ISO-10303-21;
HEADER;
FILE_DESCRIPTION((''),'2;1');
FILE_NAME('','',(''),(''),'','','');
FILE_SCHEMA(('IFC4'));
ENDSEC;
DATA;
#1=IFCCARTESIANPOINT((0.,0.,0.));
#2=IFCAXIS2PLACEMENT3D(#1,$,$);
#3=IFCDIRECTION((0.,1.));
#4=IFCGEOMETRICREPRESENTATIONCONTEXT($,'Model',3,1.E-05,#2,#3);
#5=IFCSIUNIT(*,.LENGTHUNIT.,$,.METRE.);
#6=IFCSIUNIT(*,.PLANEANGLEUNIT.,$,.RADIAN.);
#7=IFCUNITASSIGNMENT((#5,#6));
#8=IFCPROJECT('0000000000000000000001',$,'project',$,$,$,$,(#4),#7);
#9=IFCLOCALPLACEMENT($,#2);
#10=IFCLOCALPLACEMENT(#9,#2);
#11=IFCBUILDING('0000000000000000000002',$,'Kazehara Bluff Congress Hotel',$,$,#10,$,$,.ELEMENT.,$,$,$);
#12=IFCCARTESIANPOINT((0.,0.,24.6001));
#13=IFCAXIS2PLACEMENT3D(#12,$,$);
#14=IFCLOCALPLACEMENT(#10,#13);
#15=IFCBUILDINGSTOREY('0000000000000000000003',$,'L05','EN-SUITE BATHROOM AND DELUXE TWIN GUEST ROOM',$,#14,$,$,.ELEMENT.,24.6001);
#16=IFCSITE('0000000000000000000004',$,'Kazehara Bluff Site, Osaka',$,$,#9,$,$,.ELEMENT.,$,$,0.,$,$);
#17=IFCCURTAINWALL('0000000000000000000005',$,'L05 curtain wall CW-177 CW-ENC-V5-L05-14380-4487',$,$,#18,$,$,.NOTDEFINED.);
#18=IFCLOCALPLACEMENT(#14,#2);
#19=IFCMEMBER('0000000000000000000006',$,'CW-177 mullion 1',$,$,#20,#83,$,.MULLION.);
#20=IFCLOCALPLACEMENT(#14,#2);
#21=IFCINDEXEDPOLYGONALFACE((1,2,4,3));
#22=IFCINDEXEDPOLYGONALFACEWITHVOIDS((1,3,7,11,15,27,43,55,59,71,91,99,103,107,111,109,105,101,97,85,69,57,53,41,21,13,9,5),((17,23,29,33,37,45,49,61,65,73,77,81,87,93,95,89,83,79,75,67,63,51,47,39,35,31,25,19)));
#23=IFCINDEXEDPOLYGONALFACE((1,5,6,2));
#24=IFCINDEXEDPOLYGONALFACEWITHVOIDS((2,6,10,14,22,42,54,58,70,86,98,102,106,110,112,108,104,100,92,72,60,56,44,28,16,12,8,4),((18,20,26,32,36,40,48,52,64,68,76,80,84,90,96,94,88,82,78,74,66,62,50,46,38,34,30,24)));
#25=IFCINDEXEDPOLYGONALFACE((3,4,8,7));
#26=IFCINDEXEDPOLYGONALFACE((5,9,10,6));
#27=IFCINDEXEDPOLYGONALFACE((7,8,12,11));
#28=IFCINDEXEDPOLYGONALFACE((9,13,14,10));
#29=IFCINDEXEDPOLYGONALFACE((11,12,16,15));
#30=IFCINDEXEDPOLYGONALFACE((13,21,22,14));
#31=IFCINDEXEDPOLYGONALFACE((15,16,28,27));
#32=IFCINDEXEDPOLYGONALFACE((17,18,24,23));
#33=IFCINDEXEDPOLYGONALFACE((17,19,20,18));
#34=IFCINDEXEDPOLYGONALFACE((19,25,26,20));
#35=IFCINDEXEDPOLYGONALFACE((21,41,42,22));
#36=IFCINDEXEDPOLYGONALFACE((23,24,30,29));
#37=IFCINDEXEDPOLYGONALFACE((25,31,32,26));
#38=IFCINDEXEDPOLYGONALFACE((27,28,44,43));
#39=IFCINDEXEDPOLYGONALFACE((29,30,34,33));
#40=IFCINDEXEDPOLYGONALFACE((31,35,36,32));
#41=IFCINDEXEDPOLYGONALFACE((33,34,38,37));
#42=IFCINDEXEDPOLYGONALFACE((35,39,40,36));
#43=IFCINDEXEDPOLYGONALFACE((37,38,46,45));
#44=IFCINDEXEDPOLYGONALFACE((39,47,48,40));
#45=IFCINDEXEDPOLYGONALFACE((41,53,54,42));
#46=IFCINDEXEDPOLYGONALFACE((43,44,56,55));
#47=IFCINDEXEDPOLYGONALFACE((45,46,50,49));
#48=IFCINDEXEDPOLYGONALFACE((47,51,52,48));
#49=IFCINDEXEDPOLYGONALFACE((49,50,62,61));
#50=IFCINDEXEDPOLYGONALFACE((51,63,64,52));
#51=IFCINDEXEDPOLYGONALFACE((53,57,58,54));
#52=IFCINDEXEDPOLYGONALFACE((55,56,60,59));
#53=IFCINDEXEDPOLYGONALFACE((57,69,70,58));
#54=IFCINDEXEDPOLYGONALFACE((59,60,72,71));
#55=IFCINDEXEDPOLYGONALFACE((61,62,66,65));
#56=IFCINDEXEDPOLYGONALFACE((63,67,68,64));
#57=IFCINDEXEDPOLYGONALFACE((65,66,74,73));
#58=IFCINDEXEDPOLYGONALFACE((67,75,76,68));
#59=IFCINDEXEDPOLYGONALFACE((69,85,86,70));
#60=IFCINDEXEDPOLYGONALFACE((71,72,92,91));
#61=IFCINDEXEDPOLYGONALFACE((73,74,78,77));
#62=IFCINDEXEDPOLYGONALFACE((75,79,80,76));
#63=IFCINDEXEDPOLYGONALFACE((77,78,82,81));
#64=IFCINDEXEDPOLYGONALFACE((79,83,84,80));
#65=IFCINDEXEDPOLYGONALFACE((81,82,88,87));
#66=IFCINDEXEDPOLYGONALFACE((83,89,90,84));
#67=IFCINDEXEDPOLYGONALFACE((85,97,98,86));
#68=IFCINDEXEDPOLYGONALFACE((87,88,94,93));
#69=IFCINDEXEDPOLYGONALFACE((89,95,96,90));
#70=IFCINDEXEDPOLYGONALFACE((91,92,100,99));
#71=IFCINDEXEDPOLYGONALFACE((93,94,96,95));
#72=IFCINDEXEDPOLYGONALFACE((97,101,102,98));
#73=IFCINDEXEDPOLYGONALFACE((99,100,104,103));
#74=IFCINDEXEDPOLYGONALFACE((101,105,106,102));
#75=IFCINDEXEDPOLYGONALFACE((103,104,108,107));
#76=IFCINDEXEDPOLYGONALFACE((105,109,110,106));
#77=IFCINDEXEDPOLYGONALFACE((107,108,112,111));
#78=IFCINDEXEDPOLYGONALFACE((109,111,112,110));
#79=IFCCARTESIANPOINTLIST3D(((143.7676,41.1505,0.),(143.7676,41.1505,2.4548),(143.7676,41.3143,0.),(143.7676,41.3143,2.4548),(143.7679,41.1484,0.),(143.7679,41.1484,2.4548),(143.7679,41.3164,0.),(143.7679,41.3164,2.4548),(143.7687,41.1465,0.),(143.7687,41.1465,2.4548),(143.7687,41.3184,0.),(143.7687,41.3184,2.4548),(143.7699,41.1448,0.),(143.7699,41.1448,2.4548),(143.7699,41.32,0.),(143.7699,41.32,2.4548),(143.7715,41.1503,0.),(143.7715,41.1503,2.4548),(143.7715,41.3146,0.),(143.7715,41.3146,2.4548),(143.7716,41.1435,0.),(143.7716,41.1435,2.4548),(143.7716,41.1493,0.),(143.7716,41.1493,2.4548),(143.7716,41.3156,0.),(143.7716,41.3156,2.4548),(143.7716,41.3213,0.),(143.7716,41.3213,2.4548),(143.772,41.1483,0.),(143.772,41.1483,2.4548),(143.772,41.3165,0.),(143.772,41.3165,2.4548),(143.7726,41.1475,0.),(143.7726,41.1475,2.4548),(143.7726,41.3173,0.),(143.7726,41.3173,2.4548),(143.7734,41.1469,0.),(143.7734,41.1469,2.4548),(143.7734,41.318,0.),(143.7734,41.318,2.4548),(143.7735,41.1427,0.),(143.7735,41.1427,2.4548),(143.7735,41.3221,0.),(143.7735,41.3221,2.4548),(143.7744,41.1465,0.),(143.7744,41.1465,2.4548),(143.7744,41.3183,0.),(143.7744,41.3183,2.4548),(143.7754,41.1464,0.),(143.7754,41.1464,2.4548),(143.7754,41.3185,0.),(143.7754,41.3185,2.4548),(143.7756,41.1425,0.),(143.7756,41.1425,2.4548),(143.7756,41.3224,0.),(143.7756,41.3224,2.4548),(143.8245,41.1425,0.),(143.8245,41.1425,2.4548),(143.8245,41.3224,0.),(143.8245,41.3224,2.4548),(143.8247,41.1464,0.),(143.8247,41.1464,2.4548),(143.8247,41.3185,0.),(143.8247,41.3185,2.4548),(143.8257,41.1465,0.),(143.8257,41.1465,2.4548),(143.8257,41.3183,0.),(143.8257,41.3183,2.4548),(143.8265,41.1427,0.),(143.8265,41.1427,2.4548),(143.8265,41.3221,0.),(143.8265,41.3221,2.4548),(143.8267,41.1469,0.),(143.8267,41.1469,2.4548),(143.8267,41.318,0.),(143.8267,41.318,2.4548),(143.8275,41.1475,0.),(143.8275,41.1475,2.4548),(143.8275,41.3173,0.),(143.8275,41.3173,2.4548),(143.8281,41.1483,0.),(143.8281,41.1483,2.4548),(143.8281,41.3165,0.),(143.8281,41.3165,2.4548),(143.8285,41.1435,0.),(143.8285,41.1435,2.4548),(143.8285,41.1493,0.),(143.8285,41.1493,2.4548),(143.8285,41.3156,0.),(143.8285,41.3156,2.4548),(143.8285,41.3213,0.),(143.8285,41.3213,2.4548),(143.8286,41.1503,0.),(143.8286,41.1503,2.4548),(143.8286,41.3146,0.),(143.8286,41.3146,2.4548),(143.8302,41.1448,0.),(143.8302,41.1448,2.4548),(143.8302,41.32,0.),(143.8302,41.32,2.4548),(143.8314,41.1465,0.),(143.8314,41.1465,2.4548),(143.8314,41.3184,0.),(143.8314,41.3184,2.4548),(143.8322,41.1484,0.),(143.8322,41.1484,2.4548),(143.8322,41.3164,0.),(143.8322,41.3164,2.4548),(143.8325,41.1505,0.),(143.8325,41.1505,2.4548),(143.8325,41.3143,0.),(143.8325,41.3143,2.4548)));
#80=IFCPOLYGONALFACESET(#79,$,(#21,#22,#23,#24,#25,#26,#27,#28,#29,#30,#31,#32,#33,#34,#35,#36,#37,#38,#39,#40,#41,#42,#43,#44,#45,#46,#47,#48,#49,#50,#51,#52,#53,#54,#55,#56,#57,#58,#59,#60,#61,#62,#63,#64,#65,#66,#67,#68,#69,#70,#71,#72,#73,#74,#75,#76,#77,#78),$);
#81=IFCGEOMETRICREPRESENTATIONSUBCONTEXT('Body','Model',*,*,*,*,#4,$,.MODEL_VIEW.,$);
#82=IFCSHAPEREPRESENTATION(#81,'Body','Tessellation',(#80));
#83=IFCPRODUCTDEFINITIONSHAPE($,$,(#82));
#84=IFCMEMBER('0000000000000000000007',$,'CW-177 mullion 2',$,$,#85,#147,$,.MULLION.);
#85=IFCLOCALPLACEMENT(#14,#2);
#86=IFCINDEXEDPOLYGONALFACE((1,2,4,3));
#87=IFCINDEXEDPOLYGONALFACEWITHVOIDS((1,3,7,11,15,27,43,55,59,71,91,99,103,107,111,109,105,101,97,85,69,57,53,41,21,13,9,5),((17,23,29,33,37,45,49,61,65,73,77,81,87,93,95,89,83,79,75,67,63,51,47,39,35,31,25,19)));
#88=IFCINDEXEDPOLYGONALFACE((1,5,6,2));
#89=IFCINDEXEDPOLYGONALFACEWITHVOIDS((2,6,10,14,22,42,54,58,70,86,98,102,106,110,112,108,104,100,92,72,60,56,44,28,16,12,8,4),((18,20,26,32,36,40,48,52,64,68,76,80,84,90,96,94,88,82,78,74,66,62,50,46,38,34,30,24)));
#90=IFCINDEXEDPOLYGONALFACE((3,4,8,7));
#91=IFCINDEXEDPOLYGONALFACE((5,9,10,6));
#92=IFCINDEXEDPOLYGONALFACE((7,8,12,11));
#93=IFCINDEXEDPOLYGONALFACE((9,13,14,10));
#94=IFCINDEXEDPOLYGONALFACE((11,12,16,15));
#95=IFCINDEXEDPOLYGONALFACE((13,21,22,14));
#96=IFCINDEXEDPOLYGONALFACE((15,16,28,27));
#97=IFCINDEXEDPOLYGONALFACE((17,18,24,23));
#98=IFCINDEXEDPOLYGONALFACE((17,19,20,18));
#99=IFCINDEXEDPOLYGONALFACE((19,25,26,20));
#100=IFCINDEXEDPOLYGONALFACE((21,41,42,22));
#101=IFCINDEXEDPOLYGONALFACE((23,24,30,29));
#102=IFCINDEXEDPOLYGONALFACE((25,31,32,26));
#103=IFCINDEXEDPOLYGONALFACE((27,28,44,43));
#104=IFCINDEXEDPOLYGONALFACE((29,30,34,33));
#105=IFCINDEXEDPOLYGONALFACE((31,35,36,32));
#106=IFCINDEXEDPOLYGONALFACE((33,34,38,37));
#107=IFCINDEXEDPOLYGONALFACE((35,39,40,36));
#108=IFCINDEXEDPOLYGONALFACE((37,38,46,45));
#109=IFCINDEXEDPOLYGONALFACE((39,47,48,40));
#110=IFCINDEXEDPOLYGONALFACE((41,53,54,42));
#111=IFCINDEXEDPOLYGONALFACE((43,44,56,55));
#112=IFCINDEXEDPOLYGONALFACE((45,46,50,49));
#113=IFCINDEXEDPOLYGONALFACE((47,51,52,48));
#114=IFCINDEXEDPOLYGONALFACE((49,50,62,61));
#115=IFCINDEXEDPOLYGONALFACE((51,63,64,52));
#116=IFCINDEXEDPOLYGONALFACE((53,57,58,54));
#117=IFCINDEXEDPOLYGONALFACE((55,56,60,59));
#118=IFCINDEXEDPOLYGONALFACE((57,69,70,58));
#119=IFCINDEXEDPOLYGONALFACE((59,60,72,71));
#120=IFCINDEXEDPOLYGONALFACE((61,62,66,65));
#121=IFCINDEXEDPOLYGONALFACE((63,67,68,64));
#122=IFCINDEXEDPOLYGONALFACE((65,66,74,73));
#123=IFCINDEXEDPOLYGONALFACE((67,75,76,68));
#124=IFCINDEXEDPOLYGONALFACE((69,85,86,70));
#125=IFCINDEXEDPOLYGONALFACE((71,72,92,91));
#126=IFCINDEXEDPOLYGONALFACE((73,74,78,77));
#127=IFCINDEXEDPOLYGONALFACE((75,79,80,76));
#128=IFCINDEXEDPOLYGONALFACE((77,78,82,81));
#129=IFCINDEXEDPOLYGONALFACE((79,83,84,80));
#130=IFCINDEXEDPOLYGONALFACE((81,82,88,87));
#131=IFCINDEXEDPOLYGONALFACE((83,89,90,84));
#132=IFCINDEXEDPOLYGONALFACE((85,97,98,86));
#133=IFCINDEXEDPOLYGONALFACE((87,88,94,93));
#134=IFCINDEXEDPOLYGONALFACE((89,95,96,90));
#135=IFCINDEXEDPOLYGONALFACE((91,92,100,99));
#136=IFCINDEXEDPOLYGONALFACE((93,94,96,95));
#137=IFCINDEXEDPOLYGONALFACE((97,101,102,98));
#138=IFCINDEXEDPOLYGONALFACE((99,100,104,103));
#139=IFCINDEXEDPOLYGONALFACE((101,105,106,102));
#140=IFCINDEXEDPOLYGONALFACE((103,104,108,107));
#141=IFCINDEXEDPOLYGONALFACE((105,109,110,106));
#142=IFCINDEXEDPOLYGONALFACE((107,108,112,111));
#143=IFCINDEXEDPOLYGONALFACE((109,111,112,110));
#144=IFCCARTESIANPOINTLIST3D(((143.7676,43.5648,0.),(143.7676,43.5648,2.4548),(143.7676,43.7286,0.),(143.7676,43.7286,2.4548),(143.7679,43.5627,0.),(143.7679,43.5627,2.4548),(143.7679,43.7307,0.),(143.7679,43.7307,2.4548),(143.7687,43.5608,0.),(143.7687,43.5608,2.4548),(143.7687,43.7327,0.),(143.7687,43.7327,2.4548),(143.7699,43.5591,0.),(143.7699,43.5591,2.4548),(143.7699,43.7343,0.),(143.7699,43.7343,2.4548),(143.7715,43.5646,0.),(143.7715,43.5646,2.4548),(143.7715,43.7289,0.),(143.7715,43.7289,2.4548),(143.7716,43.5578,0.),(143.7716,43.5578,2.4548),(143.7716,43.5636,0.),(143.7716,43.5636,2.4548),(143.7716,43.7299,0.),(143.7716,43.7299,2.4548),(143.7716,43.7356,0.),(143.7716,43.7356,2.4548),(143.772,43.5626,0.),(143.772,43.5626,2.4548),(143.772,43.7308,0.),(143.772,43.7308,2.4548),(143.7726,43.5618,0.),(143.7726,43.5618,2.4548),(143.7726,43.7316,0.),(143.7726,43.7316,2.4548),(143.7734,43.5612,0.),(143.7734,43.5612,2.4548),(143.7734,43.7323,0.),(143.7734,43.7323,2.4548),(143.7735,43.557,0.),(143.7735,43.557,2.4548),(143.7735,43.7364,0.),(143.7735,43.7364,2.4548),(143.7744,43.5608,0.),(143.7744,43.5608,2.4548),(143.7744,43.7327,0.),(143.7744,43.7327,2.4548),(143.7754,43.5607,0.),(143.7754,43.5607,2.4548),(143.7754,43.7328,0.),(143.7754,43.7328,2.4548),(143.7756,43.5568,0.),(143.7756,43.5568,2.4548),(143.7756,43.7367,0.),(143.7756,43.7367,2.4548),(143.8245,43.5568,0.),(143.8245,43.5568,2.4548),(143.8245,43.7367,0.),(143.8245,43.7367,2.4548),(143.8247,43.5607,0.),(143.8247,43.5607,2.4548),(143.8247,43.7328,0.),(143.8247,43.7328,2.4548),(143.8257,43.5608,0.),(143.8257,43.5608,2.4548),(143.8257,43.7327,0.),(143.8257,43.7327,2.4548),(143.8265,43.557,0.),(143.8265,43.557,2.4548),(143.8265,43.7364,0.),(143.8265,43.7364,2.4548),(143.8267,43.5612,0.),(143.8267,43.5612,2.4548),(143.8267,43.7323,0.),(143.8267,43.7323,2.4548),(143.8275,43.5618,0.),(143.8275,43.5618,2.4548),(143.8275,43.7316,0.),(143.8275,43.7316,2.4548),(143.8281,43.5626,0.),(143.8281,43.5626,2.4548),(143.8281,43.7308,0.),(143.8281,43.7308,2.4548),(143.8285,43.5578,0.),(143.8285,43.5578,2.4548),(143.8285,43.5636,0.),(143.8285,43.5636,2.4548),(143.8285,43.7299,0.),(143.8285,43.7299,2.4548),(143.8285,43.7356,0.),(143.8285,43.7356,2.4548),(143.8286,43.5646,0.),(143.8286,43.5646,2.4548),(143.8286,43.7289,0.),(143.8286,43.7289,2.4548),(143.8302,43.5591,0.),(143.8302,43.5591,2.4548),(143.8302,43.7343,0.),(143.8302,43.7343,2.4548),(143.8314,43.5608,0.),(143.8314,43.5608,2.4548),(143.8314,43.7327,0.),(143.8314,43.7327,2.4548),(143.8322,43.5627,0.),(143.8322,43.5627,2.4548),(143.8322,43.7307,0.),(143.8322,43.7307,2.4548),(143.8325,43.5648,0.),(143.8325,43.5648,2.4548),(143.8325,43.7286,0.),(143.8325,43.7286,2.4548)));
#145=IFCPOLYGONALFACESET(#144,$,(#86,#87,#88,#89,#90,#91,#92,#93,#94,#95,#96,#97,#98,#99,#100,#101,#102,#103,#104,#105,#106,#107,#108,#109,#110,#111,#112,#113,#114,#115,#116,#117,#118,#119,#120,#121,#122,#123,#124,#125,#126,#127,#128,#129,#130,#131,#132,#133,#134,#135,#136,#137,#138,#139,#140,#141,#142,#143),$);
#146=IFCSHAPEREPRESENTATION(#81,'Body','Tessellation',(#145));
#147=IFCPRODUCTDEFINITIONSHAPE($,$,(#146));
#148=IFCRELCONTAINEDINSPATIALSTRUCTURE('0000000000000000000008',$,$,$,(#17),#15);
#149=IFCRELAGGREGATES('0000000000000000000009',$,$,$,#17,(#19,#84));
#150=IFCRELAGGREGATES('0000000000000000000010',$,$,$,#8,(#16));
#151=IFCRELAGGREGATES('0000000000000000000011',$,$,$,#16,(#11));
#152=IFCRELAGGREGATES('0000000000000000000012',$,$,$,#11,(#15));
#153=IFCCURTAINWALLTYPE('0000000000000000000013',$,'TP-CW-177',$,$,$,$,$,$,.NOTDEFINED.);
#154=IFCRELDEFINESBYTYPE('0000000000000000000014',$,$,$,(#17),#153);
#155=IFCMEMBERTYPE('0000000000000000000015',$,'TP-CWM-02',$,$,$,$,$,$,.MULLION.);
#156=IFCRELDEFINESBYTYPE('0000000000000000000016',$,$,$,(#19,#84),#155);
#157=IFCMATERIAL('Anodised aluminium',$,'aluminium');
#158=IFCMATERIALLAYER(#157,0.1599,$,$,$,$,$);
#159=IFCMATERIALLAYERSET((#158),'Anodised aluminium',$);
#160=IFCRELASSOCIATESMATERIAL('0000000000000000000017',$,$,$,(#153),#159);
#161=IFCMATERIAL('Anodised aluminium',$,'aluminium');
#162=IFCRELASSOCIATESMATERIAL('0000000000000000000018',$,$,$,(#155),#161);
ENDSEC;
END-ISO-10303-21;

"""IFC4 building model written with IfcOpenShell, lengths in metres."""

from ifc_helpers import new_model, si_unit, direction, frame, origin, origin_2d, place, context, subcontext, project, spatial, hollow_rectangle, extrude, material, layer, layer_set, material_profile, profile_set, type_object, element, aggregate, save


model = new_model("IFC4")

# Units and contexts
model_context = context("Model", 3, precision=1e-05, world=origin(), true_north=direction((0.0, 1.0)))
body_context = subcontext(model_context, "Body", "Model", "MODEL_VIEW")
ifc_project = project(units=[si_unit("LENGTHUNIT", "METRE"), si_unit("PLANEANGLEUNIT", "RADIAN")], contexts=[model_context])

# Site, building, storey
site_placement = place(None, origin())
site = spatial("IfcSite", under=ifc_project, at=site_placement, Name="Kazehara Bluff Site, Osaka", CompositionType="ELEMENT", RefElevation=0.0)
building_placement = place(site_placement, origin())
building = spatial("IfcBuilding", under=site, at=building_placement, Name="Kazehara Bluff Congress Hotel", CompositionType="ELEMENT")
storey_placement = place(building_placement, frame((0.0, 0.0, 24.6001)))
storey = spatial("IfcBuildingStorey", under=building, at=storey_placement, Name="L05", Description="EN-SUITE BATHROOM AND DELUXE TWIN GUEST ROOM", CompositionType="ELEMENT", Elevation=24.6001)

# Curtain wall, members
ifc_material_1 = material(Name="Anodised aluminium", Category="aluminium")
ifc_layer_1 = layer(ifc_material_1, 0.1599)
ifc_layer_set_1 = layer_set([ifc_layer_1], Name="Anodised aluminium")
curtain_wall_type = type_object("IfcCurtainWallType", Name="TP-CW-177", PredefinedType="NOTDEFINED", material=ifc_layer_set_1)
curtain_wall_placement = place(storey_placement, origin())
curtain_wall = element("IfcCurtainWall", 1, at=curtain_wall_placement, inside=storey, type_object=curtain_wall_type, Name="L05 curtain wall CW-177 CW-ENC-V5-L05-14380-4487", PredefinedType="NOTDEFINED")
ifc_material_2 = material(Name="Anodised aluminium", Category="aluminium")
ifc_material_profile_1 = material_profile(ifc_material_2, hollow_rectangle(XDim=0.0649, YDim=0.1799, WallThickness=0.0039, InnerFilletRadius=0.0039, OuterFilletRadius=0.0081, at=origin_2d()))
ifc_profile_set_1 = profile_set([ifc_material_profile_1], Name="Anodised aluminium")
member_type_1 = type_object("IfcMemberType", Name="TP-CWM-02", PredefinedType="MULLION", material=ifc_profile_set_1)
member_1_placement = place(storey_placement, frame((143.8, 41.2324, 0.0), z_axis=(0.0, 0.0, 1.0), x_axis=(-1.0, 0.0, 0.0)))
member_1 = element("IfcMember", 2, at=member_1_placement, type_object=member_type_1, Name="CW-177 mullion 1", PredefinedType="MULLION", context=body_context, shape_type="SweptSolid", body=[
    extrude(hollow_rectangle(XDim=0.0649, YDim=0.1799, WallThickness=0.0039, InnerFilletRadius=0.0039, OuterFilletRadius=0.0081, at=origin_2d()), origin(), (0.0, 0.0, 1.0), 2.4548),
])
member_2_placement = place(storey_placement, frame((143.8, 43.6467, 0.0), z_axis=(0.0, 0.0, 1.0), x_axis=(-1.0, 0.0, 0.0)))
member_2 = element("IfcMember", 3, at=member_2_placement, type_object=member_type_1, Name="CW-177 mullion 2", PredefinedType="MULLION", context=body_context, shape_type="SweptSolid", body=[
    extrude(hollow_rectangle(XDim=0.0649, YDim=0.1799, WallThickness=0.0039, InnerFilletRadius=0.0039, OuterFilletRadius=0.0081, at=origin_2d()), origin(), (0.0, 0.0, 1.0), 2.4548),
])
aggregate(curtain_wall, [member_1, member_2])

save(model, "model.ifc")
